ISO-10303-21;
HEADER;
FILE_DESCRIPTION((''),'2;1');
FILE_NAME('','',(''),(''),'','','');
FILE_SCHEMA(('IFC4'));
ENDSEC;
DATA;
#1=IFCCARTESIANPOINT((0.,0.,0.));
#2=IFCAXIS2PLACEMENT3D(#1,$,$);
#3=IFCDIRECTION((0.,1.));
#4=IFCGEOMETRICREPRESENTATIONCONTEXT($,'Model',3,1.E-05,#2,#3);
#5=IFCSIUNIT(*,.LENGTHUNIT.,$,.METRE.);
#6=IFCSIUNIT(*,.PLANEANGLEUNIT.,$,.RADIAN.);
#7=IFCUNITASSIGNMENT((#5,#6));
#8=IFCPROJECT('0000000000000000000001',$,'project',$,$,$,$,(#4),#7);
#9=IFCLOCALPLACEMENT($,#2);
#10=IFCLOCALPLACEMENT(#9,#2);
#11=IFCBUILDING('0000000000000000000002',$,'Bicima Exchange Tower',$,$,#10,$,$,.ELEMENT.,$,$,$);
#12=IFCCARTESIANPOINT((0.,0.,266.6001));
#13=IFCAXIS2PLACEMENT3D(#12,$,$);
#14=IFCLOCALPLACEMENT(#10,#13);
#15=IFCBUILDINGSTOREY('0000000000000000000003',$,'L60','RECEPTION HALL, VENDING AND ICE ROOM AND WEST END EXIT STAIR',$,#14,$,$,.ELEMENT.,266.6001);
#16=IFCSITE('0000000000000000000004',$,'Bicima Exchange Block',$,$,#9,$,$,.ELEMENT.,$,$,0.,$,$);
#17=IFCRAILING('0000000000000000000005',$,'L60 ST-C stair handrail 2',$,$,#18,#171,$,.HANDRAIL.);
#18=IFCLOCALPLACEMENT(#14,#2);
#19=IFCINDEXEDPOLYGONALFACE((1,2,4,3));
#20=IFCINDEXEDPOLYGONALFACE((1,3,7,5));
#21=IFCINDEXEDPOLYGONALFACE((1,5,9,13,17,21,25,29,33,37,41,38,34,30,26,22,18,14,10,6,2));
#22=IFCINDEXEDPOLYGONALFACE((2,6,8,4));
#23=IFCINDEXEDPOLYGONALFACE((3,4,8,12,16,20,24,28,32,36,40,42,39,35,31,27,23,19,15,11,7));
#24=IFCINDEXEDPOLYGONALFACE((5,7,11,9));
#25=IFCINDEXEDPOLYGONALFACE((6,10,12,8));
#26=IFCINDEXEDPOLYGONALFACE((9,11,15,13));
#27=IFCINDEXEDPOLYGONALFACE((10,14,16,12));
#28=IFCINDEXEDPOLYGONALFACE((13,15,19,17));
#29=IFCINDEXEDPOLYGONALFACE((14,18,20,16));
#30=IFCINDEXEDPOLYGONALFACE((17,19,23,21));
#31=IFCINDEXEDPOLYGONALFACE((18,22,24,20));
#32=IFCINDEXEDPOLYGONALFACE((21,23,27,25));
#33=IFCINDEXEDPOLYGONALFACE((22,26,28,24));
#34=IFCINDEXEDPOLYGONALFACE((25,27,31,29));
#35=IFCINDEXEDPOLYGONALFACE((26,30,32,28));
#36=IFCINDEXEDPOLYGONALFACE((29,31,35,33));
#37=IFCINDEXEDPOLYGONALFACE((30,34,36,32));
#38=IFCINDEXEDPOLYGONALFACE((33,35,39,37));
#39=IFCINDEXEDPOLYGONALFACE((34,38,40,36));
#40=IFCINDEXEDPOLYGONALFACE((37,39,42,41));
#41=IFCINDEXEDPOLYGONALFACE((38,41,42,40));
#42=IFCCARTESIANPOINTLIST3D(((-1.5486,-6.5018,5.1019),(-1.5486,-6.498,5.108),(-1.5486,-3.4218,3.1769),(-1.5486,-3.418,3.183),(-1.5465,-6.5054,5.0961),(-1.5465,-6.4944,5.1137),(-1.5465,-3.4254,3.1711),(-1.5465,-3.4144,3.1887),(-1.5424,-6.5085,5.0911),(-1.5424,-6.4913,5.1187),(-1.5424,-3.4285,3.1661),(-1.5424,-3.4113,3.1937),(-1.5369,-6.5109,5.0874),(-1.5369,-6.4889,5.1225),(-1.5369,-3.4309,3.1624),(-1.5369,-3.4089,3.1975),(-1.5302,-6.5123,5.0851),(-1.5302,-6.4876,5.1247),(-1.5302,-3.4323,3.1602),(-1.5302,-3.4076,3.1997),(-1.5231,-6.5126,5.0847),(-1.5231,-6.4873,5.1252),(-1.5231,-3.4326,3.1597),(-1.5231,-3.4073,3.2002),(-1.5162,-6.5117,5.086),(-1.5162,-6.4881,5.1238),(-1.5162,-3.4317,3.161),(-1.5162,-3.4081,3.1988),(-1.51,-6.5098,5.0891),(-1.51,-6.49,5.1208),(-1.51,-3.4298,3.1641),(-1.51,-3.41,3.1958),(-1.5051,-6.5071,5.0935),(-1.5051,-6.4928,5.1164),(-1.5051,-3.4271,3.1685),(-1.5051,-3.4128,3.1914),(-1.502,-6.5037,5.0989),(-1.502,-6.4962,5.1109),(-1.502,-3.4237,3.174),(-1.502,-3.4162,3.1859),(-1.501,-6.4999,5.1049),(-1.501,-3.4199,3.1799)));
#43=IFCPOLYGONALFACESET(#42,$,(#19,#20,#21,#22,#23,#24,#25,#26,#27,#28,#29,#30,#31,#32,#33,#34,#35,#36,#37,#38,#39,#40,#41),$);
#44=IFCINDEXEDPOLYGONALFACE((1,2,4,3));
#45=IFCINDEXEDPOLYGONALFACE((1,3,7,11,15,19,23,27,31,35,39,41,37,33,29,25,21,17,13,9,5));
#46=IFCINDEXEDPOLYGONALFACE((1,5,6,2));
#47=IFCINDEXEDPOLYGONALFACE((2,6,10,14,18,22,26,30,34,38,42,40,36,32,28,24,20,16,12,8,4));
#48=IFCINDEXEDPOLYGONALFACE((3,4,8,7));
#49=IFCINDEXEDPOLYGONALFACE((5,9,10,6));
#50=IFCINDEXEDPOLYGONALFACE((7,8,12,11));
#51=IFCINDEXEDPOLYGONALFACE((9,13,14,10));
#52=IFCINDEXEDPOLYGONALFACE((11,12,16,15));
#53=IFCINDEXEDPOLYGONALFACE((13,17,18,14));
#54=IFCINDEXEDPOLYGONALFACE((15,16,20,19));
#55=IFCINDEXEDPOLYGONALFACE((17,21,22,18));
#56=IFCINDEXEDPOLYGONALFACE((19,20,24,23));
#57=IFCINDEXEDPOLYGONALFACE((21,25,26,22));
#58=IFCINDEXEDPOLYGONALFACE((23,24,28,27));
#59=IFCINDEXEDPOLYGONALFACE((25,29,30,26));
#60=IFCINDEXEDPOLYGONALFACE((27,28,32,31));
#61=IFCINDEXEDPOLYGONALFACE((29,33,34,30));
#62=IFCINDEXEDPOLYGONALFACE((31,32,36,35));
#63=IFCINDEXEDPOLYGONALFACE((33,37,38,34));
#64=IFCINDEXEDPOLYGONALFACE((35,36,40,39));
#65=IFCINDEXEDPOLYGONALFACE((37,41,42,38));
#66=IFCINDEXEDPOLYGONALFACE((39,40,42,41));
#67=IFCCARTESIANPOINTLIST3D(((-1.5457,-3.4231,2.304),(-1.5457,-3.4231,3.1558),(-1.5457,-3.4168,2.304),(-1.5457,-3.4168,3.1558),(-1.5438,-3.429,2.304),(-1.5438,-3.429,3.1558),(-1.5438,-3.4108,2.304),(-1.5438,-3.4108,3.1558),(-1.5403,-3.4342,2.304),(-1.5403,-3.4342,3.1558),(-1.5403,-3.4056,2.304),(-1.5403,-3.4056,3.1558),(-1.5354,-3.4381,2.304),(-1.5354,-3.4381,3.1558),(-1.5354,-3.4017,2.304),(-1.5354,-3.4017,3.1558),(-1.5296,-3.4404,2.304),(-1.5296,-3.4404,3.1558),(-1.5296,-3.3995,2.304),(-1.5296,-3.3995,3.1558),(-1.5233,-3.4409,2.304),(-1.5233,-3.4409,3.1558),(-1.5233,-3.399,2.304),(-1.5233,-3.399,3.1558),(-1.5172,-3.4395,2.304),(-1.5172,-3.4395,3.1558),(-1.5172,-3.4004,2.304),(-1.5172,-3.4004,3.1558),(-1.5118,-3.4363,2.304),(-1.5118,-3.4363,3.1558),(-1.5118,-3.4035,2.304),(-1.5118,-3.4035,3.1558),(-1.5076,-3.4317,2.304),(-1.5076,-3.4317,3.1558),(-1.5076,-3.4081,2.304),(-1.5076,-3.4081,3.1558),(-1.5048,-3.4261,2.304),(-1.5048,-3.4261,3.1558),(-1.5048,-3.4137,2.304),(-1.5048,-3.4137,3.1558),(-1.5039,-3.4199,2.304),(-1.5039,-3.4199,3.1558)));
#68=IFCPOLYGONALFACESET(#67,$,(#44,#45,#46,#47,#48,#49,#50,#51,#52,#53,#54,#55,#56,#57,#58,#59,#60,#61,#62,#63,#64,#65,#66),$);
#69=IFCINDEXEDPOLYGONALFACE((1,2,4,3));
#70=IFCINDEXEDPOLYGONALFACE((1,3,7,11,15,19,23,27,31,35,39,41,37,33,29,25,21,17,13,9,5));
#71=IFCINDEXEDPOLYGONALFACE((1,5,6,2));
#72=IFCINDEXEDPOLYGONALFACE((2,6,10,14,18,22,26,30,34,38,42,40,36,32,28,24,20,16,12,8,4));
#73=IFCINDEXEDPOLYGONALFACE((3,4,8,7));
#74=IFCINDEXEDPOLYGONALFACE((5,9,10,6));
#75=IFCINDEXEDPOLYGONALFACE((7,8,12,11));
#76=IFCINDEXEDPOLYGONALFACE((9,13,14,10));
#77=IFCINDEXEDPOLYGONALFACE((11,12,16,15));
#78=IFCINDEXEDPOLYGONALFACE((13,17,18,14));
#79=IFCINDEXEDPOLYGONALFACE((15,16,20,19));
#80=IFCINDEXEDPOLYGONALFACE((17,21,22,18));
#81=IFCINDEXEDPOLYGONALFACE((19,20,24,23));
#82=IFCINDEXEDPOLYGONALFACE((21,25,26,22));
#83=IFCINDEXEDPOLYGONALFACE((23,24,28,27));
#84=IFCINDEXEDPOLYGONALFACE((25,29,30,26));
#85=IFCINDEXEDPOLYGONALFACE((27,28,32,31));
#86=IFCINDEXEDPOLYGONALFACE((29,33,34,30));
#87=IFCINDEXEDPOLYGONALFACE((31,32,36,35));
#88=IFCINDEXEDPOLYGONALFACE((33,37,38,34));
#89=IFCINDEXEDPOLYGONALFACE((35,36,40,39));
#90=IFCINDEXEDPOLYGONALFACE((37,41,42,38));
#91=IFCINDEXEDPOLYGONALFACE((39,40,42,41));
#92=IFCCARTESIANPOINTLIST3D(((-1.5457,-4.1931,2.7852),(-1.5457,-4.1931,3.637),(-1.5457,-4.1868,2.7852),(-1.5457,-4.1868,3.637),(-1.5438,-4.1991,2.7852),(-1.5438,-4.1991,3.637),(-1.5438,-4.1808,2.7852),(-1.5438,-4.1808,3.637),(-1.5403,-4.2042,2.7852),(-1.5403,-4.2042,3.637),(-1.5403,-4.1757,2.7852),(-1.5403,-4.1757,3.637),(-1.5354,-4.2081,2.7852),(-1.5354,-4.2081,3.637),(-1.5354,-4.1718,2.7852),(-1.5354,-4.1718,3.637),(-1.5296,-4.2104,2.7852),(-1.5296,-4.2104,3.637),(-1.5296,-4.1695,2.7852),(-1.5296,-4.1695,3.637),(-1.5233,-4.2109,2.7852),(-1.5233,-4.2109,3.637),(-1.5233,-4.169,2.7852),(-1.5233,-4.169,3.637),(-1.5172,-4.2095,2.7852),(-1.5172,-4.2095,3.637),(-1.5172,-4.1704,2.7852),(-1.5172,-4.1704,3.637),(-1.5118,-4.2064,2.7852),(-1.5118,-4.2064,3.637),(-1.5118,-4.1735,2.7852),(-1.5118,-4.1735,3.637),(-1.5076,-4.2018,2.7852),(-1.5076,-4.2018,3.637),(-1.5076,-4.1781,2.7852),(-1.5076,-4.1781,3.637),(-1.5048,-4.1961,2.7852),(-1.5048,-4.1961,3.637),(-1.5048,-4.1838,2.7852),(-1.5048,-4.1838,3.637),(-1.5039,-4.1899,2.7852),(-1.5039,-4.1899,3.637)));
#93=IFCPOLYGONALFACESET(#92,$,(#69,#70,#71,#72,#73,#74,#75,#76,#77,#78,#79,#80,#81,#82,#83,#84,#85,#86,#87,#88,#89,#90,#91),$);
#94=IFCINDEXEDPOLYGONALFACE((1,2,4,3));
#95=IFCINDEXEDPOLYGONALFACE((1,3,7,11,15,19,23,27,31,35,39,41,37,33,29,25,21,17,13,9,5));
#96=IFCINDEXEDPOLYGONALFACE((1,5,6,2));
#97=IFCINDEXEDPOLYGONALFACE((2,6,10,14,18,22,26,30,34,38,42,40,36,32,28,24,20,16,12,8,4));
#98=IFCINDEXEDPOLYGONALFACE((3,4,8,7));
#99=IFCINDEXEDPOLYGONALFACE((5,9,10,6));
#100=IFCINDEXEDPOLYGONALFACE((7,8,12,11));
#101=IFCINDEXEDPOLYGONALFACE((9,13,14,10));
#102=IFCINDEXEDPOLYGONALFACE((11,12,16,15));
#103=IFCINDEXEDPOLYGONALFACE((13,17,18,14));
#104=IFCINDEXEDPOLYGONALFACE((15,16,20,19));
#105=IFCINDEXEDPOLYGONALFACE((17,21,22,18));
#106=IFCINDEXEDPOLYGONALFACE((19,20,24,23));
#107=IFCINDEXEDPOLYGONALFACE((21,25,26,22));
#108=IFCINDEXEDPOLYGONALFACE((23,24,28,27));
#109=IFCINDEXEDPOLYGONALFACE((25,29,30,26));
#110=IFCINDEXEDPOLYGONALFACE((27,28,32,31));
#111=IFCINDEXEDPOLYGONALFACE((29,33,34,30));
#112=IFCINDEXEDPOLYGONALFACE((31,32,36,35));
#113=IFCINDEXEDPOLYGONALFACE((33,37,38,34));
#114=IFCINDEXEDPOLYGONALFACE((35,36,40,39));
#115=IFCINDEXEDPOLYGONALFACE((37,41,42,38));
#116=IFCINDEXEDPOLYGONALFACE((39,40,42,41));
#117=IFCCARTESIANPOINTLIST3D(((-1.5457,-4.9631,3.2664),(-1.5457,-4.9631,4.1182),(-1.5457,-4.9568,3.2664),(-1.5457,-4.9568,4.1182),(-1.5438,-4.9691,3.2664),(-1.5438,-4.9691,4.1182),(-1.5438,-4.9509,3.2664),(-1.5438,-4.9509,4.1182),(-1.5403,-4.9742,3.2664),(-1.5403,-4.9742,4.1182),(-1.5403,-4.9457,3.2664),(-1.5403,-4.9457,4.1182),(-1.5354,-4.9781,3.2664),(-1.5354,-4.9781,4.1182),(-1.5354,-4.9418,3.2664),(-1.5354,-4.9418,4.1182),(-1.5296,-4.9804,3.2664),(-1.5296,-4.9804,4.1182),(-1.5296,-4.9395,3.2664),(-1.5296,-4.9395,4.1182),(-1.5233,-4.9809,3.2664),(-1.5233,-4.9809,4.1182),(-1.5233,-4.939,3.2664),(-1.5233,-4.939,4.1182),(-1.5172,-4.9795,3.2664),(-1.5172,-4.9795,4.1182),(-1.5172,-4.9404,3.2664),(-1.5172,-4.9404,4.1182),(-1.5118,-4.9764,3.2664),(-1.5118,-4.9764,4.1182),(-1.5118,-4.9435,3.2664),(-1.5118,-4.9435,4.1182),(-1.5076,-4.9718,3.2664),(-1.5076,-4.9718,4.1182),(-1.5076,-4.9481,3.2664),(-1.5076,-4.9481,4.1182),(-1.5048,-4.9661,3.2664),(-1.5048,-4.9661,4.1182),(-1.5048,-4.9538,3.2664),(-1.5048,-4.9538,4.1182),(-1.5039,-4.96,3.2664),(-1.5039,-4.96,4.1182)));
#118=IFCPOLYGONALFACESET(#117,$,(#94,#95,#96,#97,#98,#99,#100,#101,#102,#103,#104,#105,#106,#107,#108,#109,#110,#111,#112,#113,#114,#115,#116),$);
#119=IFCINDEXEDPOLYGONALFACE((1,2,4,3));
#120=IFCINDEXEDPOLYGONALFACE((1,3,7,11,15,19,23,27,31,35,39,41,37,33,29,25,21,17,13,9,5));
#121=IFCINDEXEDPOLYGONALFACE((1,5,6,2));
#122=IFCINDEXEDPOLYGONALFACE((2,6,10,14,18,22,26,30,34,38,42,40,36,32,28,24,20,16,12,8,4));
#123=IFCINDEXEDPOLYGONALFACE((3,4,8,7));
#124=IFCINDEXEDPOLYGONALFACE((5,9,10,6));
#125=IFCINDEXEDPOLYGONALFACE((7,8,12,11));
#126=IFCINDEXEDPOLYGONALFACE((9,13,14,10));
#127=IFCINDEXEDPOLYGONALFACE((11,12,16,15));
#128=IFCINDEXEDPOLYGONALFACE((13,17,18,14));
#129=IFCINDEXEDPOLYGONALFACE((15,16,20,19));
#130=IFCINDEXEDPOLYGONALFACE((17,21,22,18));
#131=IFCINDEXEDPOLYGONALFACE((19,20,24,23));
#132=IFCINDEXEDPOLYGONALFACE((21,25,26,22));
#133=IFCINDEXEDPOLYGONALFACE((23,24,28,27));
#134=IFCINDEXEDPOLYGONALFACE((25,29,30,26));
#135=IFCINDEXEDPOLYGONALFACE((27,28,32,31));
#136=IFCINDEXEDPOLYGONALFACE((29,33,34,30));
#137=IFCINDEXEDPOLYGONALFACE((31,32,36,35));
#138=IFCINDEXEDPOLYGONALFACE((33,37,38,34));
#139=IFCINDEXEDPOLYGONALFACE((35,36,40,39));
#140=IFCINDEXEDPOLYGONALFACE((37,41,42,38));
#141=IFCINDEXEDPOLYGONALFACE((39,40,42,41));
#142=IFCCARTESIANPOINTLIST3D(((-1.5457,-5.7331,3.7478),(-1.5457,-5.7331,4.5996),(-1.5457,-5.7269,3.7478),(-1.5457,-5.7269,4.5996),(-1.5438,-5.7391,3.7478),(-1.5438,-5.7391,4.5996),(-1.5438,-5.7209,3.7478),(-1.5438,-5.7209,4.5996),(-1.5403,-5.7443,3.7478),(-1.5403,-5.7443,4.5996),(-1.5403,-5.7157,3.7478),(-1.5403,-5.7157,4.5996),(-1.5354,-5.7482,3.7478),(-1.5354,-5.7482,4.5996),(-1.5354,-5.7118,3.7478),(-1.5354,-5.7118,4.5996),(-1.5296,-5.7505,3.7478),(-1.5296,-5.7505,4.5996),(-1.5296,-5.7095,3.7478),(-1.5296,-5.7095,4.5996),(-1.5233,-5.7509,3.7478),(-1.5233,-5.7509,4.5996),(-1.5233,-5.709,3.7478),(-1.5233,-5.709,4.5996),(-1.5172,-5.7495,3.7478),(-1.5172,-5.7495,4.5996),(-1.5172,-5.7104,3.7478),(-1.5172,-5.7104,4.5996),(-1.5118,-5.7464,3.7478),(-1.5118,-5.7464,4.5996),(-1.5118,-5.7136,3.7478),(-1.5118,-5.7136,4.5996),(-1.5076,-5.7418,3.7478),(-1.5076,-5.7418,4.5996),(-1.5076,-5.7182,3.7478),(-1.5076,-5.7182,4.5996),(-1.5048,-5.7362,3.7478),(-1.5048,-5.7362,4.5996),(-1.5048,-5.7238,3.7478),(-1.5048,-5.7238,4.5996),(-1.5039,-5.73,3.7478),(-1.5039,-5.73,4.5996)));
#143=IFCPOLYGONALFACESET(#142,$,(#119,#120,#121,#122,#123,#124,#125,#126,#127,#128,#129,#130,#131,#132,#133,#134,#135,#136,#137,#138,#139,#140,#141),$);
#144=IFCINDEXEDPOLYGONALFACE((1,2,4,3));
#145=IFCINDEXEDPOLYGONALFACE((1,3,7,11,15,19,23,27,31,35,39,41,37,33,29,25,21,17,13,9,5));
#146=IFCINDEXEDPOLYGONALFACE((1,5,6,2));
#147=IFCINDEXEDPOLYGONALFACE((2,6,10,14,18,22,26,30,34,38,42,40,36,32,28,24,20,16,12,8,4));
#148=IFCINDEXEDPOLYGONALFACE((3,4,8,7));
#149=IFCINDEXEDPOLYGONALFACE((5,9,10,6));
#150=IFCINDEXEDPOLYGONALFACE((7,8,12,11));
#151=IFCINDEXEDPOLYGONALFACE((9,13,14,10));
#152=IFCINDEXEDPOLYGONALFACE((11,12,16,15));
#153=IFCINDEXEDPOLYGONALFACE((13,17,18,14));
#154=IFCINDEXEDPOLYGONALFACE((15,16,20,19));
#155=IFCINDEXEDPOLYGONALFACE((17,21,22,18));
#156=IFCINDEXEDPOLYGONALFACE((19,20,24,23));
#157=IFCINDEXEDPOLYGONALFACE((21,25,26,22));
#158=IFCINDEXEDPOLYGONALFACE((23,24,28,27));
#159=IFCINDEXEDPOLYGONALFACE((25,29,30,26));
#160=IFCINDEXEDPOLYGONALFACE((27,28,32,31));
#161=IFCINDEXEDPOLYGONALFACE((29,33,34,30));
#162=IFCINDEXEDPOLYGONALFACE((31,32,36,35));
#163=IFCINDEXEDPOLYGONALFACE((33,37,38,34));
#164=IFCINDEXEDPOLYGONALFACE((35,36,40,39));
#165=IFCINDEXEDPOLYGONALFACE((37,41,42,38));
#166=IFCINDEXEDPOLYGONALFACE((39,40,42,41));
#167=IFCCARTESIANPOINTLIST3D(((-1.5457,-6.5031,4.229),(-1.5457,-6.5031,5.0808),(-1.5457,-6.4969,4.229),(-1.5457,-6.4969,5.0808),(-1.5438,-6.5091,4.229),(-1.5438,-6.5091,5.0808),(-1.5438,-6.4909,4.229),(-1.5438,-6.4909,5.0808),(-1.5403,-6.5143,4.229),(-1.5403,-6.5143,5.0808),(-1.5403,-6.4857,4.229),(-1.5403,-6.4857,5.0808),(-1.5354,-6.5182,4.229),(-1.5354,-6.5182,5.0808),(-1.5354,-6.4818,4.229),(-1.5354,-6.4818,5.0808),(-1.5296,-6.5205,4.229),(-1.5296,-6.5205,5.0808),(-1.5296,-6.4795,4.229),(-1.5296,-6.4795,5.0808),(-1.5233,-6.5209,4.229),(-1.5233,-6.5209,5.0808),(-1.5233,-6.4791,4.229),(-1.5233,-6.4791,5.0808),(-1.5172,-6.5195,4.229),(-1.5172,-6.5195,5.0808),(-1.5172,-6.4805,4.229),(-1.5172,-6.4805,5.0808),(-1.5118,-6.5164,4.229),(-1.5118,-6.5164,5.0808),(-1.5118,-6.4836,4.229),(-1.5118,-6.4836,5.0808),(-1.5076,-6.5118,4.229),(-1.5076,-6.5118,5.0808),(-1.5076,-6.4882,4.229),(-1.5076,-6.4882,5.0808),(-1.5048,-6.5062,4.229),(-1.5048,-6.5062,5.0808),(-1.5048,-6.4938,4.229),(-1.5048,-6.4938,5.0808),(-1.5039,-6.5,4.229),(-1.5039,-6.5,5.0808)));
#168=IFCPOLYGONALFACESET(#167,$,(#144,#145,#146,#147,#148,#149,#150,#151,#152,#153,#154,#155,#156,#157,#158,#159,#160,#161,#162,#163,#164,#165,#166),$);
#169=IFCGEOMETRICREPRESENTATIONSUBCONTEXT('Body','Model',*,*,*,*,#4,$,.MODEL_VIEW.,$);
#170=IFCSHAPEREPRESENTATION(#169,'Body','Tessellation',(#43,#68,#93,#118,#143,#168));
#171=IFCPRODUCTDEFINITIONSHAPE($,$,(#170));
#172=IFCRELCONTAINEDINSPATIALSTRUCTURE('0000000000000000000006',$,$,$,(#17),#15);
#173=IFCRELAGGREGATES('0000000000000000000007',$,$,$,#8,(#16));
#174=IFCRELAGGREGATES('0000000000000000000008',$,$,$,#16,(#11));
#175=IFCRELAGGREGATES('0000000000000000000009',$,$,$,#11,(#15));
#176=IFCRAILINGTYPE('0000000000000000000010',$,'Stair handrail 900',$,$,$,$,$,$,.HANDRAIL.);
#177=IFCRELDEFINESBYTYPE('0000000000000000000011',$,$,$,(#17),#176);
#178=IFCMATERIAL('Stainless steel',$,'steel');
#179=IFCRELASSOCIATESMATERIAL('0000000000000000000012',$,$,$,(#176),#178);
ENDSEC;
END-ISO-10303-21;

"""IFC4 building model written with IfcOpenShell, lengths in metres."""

from ifc_helpers import new_model, si_unit, direction, frame, origin, origin_2d, place, context, subcontext, project, spatial, circle, extrude, material, type_object, element, save


model = new_model("IFC4")

# Units and contexts
model_context = context("Model", 3, precision=1e-05, world=origin(), true_north=direction((0.0, 1.0)))
body_context = subcontext(model_context, "Body", "Model", "MODEL_VIEW")
ifc_project = project(units=[si_unit("LENGTHUNIT", "METRE"), si_unit("PLANEANGLEUNIT", "RADIAN")], contexts=[model_context])

# Site, building, storey
site_placement = place(None, origin())
site = spatial("IfcSite", under=ifc_project, at=site_placement, Name="Bicima Exchange Block", CompositionType="ELEMENT", RefElevation=0.0)
building_placement = place(site_placement, origin())
building = spatial("IfcBuilding", under=site, at=building_placement, Name="Bicima Exchange Tower", CompositionType="ELEMENT")
storey_placement = place(building_placement, frame((0.0, 0.0, 266.6001)))
storey = spatial("IfcBuildingStorey", under=building, at=storey_placement, Name="L60", Description="RECEPTION HALL, VENDING AND ICE ROOM AND WEST END EXIT STAIR", CompositionType="ELEMENT", Elevation=266.6001)

# Railing
ifc_material_1 = material(Name="Stainless steel", Category="steel")
railing_type = type_object("IfcRailingType", Name="Stair handrail 900", PredefinedType="HANDRAIL", material=ifc_material_1)
railing_placement = place(storey_placement, frame((-1.5249, -3.4199, 2.304)))
element("IfcRailing", 1, at=railing_placement, inside=storey, type_object=railing_type, Name="L60 ST-C stair handrail 2", PredefinedType="HANDRAIL", context=body_context, shape_type="SweptSolid", body=[
    extrude(circle(Radius=0.0239, at=origin_2d()), frame((0.0, 0.0, 0.876), z_axis=(0.0, -0.847998, 0.529999), x_axis=(1.0, 0.0, 0.0)), (0.0, 0.0, 1.0), 3.6321),
    extrude(circle(Radius=0.021, at=origin_2d()), origin(), (0.0, 0.0, 1.0), 0.8518),
    extrude(circle(Radius=0.021, at=origin_2d()), frame((0.0, -0.77, 0.4812)), (0.0, 0.0, 1.0), 0.8518),
    extrude(circle(Radius=0.021, at=origin_2d()), frame((0.0, -1.54, 0.9624)), (0.0, 0.0, 1.0), 0.8518),
    extrude(circle(Radius=0.021, at=origin_2d()), frame((0.0, -2.3101, 1.4438)), (0.0, 0.0, 1.0), 0.8518),
    extrude(circle(Radius=0.021, at=origin_2d()), frame((0.0, -3.0801, 1.925)), (0.0, 0.0, 1.0), 0.8518),
])

save(model, "model.ifc")
